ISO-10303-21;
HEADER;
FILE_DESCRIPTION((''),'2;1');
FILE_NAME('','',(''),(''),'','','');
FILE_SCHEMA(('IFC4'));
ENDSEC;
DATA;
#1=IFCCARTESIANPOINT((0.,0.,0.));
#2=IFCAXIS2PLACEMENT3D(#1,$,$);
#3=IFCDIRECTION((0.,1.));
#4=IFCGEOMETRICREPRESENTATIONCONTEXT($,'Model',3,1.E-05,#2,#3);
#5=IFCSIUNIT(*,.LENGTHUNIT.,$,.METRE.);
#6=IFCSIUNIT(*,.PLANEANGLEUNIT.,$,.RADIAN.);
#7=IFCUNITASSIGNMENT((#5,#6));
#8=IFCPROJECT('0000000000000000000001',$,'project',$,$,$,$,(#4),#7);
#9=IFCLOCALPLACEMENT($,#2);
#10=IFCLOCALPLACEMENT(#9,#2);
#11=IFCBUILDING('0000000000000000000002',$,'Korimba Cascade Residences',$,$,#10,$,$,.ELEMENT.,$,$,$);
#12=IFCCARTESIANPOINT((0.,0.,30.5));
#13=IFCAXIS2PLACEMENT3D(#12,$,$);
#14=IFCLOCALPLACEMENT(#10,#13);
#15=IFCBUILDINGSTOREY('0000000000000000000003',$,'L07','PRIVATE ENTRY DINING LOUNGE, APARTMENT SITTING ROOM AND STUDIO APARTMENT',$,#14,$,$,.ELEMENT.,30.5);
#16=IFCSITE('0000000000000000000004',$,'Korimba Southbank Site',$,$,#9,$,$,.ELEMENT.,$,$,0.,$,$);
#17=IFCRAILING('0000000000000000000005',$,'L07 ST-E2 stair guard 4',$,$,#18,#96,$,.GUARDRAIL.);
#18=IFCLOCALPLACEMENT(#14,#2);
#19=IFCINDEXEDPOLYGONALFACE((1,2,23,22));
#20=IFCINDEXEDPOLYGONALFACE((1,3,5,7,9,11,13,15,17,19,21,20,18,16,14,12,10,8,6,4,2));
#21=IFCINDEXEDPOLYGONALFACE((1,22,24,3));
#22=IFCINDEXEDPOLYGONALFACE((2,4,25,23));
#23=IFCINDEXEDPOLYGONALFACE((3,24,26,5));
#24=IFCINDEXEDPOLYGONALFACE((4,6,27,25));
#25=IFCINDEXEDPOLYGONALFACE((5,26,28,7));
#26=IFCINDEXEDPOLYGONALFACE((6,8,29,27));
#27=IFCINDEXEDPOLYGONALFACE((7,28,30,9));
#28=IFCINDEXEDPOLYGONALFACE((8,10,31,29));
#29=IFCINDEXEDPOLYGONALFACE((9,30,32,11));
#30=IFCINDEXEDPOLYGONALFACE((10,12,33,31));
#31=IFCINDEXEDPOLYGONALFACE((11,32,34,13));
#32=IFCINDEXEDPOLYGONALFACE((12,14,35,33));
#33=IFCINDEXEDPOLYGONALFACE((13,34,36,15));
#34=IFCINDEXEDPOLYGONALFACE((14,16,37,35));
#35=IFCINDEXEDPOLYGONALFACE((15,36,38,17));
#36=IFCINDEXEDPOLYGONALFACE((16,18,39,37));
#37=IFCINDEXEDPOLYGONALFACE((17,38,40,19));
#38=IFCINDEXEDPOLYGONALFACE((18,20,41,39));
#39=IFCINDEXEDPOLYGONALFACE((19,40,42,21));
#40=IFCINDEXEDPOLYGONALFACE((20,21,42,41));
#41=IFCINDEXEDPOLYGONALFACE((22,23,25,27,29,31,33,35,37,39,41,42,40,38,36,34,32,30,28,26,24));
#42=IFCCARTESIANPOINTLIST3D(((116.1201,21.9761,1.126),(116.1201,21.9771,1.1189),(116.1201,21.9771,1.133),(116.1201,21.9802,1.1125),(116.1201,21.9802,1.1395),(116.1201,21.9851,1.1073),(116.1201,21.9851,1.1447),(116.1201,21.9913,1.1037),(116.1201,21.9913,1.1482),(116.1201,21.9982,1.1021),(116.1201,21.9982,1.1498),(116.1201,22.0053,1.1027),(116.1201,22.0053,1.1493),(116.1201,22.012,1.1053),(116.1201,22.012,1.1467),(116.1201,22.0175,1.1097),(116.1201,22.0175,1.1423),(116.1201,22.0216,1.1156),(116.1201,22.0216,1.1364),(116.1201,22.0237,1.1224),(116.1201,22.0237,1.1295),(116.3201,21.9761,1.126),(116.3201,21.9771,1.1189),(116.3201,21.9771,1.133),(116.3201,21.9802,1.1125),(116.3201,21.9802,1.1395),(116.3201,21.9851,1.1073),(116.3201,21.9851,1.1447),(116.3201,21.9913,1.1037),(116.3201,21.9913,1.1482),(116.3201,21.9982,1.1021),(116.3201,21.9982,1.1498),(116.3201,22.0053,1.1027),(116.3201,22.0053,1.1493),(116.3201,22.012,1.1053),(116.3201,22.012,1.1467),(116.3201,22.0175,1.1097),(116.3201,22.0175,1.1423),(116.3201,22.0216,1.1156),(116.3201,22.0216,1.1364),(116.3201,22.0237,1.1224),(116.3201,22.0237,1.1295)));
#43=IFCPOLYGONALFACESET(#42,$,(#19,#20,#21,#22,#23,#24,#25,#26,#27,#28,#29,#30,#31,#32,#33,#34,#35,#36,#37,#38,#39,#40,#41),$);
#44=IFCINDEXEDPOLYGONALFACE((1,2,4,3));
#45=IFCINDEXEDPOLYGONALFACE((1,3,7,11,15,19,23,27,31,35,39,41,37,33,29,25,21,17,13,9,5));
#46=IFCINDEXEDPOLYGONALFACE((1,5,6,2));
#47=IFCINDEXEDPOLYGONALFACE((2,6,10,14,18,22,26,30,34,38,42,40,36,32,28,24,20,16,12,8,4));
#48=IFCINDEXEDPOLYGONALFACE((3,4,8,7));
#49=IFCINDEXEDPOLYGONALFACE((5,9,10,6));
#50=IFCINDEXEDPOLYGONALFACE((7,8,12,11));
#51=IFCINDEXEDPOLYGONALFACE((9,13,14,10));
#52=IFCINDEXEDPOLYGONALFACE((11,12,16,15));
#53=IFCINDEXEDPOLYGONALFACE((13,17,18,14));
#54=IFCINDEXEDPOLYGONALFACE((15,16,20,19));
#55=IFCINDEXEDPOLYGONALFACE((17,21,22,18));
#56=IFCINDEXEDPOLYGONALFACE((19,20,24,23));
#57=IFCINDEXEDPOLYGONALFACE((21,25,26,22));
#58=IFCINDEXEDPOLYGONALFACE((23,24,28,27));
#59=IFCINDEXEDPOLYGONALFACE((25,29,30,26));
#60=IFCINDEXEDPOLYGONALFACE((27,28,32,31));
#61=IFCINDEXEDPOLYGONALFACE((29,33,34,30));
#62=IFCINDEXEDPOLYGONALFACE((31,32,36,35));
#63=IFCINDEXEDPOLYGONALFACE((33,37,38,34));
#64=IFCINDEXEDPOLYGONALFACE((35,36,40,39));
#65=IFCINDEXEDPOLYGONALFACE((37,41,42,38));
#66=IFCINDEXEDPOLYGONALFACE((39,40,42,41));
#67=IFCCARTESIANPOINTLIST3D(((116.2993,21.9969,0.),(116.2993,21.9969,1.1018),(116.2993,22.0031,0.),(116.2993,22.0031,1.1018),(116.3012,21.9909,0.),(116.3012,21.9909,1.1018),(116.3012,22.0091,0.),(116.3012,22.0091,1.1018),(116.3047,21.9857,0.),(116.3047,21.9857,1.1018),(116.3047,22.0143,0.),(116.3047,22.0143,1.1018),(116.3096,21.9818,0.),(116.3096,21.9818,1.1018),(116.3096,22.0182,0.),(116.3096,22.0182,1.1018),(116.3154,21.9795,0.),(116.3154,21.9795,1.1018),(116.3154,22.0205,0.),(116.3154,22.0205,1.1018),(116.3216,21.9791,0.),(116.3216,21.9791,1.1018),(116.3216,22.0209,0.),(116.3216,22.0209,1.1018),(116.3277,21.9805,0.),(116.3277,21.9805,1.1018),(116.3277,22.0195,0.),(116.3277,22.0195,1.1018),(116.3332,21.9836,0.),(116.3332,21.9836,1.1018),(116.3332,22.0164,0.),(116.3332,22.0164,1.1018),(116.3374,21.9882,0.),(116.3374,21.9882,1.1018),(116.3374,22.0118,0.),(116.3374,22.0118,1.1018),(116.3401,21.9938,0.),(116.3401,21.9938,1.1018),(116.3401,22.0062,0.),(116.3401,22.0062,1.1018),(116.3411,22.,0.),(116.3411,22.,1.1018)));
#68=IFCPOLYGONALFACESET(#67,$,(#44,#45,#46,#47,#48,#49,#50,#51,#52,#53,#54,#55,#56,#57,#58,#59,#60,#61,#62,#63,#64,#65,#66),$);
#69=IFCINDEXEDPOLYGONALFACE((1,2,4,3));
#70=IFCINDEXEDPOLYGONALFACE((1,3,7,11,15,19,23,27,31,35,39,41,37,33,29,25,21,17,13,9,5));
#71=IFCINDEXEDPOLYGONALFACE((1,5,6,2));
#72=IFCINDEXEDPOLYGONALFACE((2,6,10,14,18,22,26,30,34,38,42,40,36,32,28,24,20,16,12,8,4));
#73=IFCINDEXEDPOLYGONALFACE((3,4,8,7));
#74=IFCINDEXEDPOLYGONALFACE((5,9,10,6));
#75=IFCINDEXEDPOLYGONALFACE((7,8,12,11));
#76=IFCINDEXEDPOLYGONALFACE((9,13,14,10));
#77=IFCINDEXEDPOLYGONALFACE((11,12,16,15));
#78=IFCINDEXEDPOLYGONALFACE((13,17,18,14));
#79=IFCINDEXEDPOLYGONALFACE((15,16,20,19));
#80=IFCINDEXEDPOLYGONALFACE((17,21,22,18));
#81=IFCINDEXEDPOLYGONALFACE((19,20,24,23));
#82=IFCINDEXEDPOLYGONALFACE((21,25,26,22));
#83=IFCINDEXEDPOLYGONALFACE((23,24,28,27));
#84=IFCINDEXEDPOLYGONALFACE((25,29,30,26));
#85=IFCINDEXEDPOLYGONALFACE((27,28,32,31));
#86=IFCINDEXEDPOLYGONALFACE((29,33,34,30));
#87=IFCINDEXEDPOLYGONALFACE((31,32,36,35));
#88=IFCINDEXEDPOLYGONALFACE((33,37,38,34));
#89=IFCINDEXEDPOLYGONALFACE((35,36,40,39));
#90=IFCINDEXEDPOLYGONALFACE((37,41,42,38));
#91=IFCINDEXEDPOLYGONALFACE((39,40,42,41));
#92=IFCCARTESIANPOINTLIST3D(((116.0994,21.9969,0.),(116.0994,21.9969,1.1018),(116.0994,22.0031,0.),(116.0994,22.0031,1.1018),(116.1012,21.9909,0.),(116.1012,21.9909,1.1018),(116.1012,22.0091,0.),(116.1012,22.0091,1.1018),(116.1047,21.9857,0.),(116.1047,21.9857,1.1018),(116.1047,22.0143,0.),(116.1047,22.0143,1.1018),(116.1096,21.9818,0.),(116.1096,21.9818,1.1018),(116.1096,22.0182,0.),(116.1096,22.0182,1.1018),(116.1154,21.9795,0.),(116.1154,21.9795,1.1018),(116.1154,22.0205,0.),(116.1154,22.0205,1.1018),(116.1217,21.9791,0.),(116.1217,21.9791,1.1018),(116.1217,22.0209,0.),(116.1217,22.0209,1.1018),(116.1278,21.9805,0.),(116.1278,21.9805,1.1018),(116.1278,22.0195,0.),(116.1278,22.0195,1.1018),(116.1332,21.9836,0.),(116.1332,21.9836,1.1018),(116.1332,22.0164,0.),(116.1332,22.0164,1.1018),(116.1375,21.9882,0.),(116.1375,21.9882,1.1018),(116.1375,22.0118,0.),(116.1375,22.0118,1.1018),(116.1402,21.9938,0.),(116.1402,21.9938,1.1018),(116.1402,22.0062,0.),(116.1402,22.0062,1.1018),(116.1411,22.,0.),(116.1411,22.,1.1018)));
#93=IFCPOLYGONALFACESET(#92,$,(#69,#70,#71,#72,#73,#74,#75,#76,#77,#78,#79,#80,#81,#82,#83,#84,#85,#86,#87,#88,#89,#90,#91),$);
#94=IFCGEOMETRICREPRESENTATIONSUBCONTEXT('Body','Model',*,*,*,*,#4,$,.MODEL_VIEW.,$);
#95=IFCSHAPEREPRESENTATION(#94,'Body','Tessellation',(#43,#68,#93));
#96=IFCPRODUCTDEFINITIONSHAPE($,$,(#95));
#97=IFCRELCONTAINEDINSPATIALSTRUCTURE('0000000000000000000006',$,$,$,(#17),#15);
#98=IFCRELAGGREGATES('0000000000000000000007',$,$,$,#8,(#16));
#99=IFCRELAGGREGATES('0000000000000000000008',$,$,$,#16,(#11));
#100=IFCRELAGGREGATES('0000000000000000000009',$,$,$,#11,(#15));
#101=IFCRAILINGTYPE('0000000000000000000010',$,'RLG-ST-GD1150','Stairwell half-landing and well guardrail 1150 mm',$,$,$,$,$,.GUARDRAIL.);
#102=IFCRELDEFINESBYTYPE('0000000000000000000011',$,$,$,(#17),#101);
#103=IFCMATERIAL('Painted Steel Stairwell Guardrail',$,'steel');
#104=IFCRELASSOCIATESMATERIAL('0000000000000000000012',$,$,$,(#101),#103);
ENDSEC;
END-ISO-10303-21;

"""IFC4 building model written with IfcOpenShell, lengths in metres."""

from ifc_helpers import new_model, si_unit, direction, frame, origin, origin_2d, place, context, subcontext, project, spatial, circle, extrude, material, type_object, element, save


model = new_model("IFC4")

# Units and contexts
model_context = context("Model", 3, precision=1e-05, world=origin(), true_north=direction((0.0, 1.0)))
body_context = subcontext(model_context, "Body", "Model", "MODEL_VIEW")
ifc_project = project(units=[si_unit("LENGTHUNIT", "METRE"), si_unit("PLANEANGLEUNIT", "RADIAN")], contexts=[model_context])

# Site, building, storey
site_placement = place(None, origin())
site = spatial("IfcSite", under=ifc_project, at=site_placement, Name="Korimba Southbank Site", CompositionType="ELEMENT", RefElevation=0.0)
building_placement = place(site_placement, origin())
building = spatial("IfcBuilding", under=site, at=building_placement, Name="Korimba Cascade Residences", CompositionType="ELEMENT")
storey_placement = place(building_placement, frame((0.0, 0.0, 30.5)))
storey = spatial("IfcBuildingStorey", under=building, at=storey_placement, Name="L07", Description="PRIVATE ENTRY DINING LOUNGE, APARTMENT SITTING ROOM AND STUDIO APARTMENT", CompositionType="ELEMENT", Elevation=30.5)

# Railing
ifc_material_1 = material(Name="Painted Steel Stairwell Guardrail", Category="steel")
railing_type = type_object("IfcRailingType", Name="RLG-ST-GD1150", Description="Stairwell half-landing and well guardrail 1150 mm", PredefinedType="GUARDRAIL", material=ifc_material_1)
railing_placement = place(storey_placement, frame((116.3201, 22.0, 0.0)))
element("IfcRailing", 1, at=railing_placement, inside=storey, type_object=railing_type, Name="L07 ST-E2 stair guard 4", PredefinedType="GUARDRAIL", context=body_context, shape_type="SweptSolid", body=[
    extrude(circle(Radius=0.0239, at=origin_2d()), frame((0.0, 0.0, 1.126), z_axis=(-1.0, 0.0, 0.0), x_axis=(0.0, -1.0, 0.0)), (0.0, 0.0, 1.0), 0.2),
    extrude(circle(Radius=0.021, at=origin_2d()), origin(), (0.0, 0.0, 1.0), 1.1018),
    extrude(circle(Radius=0.021, at=origin_2d()), frame((-0.2, 0.0, 0.0)), (0.0, 0.0, 1.0), 1.1018),
])

save(model, "model.ifc")
